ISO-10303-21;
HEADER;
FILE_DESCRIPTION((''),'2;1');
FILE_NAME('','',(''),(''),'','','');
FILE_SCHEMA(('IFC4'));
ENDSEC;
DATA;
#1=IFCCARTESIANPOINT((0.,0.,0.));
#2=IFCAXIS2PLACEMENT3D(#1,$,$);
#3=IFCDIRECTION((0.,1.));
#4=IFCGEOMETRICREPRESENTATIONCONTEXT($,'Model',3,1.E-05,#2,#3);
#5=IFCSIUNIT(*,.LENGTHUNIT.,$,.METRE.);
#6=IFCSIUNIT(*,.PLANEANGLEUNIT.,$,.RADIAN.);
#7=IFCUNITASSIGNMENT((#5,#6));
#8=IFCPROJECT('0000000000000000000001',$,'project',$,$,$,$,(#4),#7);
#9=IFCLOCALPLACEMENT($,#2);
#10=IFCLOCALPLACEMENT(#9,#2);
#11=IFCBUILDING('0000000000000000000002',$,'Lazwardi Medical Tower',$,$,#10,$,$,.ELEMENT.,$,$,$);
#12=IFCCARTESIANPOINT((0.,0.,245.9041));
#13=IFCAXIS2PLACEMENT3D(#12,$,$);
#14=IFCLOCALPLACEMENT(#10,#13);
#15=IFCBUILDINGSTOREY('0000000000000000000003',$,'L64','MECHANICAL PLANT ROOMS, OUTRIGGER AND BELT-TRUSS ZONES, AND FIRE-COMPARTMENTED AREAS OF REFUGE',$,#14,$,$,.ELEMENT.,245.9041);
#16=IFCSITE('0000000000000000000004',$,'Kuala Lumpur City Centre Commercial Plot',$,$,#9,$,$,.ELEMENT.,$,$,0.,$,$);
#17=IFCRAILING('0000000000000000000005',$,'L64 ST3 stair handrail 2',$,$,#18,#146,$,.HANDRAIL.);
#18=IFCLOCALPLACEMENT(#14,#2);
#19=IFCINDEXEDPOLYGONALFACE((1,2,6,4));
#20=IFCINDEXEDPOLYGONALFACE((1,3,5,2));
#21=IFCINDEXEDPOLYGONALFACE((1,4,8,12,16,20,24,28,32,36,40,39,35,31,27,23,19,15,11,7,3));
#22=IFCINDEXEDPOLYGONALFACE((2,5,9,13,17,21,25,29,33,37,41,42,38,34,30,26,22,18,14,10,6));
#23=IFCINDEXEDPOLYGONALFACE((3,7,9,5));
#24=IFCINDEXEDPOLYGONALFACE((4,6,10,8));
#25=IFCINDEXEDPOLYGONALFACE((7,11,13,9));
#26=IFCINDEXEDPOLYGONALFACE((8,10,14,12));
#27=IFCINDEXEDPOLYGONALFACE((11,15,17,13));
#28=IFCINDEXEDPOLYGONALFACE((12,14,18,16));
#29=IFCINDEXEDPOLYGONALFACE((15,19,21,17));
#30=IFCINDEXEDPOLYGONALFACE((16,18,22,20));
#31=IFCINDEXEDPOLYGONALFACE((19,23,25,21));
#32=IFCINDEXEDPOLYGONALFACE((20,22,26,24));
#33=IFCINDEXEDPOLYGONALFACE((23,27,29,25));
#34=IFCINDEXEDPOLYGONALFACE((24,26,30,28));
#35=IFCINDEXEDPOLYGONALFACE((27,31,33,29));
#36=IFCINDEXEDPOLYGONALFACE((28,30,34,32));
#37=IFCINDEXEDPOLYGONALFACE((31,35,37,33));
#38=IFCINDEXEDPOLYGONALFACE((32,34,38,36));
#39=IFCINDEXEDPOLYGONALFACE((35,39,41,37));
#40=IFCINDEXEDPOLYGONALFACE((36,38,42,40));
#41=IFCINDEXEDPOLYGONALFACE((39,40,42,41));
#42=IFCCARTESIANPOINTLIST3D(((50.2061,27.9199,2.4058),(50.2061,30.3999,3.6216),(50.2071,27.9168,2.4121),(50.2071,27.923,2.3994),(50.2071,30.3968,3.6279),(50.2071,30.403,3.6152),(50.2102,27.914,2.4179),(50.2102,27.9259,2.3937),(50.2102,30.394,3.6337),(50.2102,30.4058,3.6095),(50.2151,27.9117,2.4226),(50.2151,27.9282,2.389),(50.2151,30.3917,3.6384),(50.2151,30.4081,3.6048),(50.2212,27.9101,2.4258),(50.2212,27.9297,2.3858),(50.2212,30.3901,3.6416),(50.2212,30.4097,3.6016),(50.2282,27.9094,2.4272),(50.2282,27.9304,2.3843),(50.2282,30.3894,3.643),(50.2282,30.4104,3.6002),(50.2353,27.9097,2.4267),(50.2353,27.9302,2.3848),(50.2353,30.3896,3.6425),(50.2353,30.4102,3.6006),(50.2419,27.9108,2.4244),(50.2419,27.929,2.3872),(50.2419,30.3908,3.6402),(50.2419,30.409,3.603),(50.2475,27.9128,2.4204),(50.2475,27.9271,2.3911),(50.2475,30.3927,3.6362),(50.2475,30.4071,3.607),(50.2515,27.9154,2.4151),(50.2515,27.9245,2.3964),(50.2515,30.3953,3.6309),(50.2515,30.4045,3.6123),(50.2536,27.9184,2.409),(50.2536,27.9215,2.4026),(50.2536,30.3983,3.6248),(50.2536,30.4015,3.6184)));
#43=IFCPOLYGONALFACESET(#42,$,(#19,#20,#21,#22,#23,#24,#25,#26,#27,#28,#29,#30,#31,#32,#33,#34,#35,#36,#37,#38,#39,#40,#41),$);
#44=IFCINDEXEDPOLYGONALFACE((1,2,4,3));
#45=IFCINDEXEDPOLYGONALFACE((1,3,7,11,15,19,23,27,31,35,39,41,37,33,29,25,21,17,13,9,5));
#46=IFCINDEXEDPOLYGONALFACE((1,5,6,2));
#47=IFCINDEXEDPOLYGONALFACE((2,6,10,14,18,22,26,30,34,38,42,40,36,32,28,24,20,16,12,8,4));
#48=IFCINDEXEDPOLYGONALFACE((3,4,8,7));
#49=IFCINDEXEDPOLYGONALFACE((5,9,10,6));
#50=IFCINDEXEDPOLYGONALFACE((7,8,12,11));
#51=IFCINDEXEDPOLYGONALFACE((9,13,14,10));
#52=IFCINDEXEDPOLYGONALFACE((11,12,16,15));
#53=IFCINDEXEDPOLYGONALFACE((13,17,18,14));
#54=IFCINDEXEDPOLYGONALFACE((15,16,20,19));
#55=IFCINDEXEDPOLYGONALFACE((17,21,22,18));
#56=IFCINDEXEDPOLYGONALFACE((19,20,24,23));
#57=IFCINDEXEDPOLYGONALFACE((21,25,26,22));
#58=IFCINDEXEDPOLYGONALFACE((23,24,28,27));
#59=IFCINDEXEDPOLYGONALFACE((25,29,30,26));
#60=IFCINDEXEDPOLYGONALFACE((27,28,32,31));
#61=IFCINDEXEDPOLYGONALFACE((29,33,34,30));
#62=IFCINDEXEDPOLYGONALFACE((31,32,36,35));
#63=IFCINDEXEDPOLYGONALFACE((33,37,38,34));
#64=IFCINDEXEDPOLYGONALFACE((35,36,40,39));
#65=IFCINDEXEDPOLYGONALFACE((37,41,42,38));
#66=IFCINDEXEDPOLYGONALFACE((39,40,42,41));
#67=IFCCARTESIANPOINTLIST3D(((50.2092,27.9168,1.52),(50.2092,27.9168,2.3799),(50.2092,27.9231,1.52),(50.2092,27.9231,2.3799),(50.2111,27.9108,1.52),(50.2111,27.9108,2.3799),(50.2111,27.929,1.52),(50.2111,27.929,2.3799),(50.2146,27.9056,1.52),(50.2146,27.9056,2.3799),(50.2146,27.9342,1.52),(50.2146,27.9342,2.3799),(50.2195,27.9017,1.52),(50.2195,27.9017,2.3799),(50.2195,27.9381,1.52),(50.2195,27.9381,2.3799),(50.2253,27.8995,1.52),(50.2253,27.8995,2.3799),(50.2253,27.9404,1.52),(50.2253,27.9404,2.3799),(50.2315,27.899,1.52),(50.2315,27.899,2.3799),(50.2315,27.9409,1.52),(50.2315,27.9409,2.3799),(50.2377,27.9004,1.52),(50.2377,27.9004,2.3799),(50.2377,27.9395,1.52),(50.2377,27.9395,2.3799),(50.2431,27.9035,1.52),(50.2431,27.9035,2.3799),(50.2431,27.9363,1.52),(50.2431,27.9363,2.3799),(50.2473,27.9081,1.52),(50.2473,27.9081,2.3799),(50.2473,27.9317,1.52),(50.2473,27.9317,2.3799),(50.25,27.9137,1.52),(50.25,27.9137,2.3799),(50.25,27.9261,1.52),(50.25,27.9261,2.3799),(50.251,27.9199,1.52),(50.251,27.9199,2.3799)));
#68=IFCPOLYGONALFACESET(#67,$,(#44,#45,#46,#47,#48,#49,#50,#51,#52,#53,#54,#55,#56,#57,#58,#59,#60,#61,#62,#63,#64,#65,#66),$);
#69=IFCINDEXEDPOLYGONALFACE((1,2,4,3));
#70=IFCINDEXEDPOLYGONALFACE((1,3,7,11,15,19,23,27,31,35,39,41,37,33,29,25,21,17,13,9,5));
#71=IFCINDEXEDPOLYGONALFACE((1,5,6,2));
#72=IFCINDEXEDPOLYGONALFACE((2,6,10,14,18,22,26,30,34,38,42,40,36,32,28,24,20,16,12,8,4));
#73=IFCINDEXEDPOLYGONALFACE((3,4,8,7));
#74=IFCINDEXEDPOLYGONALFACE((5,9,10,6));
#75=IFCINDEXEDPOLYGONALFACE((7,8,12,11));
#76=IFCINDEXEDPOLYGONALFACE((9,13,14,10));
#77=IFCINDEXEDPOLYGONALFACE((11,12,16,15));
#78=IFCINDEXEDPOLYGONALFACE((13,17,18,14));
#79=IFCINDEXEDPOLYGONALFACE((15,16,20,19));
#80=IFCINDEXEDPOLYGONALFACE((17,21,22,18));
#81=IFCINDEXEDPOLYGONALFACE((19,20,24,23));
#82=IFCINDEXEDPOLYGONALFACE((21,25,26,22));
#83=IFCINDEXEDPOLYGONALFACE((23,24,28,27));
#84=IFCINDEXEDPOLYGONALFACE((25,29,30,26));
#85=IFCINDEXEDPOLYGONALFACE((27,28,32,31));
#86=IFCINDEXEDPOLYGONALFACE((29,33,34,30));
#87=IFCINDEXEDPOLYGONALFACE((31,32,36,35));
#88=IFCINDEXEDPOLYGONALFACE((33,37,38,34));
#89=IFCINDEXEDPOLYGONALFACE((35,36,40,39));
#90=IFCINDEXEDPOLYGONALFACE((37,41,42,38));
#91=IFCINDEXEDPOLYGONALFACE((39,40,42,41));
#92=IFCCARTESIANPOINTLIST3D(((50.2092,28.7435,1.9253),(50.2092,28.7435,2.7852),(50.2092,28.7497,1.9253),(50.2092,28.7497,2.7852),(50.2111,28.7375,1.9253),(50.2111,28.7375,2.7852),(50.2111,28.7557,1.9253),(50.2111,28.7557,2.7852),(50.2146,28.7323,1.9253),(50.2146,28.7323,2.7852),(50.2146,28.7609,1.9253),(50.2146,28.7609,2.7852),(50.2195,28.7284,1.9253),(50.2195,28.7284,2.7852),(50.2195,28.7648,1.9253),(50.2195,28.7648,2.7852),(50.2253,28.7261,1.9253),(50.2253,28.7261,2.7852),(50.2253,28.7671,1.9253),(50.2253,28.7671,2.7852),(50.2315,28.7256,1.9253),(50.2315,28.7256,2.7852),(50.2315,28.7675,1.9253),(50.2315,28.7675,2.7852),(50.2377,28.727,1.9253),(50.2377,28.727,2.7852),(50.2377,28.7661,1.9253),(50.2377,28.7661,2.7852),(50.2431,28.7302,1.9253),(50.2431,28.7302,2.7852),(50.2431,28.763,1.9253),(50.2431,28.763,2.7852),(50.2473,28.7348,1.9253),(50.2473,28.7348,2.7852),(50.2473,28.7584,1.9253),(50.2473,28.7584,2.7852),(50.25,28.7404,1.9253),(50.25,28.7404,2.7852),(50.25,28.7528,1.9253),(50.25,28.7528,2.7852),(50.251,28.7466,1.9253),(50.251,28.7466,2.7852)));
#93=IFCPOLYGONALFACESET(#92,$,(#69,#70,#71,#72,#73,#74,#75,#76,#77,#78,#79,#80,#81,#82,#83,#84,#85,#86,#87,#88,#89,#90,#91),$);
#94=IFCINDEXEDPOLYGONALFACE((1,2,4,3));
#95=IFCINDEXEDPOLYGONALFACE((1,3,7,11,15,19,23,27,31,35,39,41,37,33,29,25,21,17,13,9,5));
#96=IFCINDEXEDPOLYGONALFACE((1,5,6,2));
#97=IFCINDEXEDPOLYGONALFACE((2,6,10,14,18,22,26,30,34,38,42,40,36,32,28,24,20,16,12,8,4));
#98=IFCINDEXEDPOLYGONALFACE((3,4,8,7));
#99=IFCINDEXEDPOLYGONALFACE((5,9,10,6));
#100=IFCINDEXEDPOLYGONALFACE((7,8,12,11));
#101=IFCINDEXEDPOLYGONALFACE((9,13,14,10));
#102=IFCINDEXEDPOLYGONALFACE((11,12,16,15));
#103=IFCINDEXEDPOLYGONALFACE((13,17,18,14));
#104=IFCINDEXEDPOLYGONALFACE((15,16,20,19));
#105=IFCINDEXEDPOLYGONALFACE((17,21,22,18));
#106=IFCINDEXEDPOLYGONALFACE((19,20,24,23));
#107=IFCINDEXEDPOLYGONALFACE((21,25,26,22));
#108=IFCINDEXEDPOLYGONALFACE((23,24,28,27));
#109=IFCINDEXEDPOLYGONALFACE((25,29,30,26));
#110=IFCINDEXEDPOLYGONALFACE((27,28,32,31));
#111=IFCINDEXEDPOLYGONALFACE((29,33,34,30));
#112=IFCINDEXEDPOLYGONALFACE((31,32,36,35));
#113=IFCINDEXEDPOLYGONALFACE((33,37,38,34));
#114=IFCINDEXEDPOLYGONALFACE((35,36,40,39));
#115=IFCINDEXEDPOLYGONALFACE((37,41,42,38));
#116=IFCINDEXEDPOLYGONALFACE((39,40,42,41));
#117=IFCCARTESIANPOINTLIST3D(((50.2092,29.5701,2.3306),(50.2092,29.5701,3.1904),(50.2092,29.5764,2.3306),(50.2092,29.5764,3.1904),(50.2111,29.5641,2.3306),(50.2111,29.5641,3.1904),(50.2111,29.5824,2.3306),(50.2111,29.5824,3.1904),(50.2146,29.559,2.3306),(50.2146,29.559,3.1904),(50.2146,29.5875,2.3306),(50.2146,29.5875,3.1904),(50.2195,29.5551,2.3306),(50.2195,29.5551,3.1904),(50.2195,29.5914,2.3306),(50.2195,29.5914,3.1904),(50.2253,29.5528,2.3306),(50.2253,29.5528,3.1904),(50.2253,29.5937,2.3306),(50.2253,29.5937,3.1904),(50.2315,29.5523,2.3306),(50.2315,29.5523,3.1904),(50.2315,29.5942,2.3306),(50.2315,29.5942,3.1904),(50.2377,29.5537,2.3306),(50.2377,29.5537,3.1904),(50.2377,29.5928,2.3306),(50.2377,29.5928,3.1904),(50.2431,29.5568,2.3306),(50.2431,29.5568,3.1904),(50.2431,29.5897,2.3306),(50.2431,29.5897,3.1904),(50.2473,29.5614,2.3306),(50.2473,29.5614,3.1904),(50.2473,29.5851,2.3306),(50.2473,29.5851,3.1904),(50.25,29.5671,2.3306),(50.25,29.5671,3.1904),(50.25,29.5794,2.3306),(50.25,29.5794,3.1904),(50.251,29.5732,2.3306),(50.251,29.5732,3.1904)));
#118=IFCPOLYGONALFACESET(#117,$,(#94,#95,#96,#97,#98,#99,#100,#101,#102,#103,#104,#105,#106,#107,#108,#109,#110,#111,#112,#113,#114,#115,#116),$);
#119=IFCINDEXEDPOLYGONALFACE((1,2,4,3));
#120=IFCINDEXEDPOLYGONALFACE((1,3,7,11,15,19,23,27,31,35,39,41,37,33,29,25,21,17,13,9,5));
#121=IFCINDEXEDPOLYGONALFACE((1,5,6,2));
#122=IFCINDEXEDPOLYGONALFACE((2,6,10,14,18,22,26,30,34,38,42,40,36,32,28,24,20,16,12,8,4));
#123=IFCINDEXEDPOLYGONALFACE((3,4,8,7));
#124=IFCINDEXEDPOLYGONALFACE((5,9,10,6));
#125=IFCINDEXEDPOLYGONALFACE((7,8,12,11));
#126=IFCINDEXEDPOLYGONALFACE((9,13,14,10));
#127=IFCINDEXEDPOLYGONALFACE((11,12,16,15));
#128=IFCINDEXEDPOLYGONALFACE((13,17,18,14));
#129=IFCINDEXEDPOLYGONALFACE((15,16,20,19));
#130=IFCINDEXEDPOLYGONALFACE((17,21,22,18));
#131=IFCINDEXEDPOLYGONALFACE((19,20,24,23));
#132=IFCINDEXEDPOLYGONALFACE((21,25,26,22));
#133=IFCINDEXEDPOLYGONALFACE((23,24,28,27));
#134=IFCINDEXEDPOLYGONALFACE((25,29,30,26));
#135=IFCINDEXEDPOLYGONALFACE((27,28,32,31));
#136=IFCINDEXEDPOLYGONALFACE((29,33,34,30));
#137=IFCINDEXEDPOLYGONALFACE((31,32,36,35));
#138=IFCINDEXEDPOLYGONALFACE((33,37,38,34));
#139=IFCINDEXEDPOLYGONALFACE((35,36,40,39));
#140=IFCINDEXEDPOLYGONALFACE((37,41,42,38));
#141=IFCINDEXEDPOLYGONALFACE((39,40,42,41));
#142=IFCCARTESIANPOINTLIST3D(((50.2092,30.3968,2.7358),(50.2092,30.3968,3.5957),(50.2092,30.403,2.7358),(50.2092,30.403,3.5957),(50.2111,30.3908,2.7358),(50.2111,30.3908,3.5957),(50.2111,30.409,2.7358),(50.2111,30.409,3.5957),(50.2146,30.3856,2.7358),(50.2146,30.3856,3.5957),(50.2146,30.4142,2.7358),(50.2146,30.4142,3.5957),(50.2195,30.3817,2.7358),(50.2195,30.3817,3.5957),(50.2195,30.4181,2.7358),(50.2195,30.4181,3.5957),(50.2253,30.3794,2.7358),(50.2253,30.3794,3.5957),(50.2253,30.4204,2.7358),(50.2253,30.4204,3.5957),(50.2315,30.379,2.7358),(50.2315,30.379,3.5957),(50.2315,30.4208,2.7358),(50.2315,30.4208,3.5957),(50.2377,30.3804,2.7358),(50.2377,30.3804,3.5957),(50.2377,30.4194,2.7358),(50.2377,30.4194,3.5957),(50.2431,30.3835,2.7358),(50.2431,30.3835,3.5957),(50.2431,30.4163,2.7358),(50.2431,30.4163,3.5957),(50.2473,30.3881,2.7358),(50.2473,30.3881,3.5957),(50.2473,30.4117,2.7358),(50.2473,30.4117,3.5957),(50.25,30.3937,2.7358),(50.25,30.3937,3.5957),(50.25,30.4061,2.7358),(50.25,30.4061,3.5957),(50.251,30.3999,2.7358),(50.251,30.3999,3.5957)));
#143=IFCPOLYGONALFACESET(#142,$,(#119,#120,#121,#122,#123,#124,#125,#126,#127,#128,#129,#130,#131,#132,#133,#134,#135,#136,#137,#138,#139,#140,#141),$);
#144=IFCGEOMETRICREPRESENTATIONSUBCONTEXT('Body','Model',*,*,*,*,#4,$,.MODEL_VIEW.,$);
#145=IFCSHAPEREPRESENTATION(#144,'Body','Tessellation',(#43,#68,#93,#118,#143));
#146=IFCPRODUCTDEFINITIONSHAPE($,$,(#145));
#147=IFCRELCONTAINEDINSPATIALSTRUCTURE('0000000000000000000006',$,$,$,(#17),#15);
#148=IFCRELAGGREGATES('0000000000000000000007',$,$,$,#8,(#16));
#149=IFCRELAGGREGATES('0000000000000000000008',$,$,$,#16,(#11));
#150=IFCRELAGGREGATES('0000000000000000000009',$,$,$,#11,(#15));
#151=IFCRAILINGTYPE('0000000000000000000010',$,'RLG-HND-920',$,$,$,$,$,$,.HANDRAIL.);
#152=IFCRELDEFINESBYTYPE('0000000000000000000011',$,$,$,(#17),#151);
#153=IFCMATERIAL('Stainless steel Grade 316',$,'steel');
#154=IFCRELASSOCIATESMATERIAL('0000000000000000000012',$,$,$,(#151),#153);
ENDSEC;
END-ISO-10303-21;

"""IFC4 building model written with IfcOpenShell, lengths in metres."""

from ifc_helpers import new_model, si_unit, direction, frame, origin, origin_2d, place, context, subcontext, project, spatial, circle, extrude, material, type_object, element, save


model = new_model("IFC4")

# Units and contexts
model_context = context("Model", 3, precision=1e-05, world=origin(), true_north=direction((0.0, 1.0)))
body_context = subcontext(model_context, "Body", "Model", "MODEL_VIEW")
ifc_project = project(units=[si_unit("LENGTHUNIT", "METRE"), si_unit("PLANEANGLEUNIT", "RADIAN")], contexts=[model_context])

# Site, building, storey
site_placement = place(None, origin())
site = spatial("IfcSite", under=ifc_project, at=site_placement, Name="Kuala Lumpur City Centre Commercial Plot", CompositionType="ELEMENT", RefElevation=0.0)
building_placement = place(site_placement, origin())
building = spatial("IfcBuilding", under=site, at=building_placement, Name="Lazwardi Medical Tower", CompositionType="ELEMENT")
storey_placement = place(building_placement, frame((0.0, 0.0, 245.9041)))
storey = spatial("IfcBuildingStorey", under=building, at=storey_placement, Name="L64", Description="MECHANICAL PLANT ROOMS, OUTRIGGER AND BELT-TRUSS ZONES, AND FIRE-COMPARTMENTED AREAS OF REFUGE", CompositionType="ELEMENT", Elevation=245.9041)

# Railing
ifc_material_1 = material(Name="Stainless steel Grade 316", Category="steel")
railing_type_1 = type_object("IfcRailingType", Name="RLG-HND-920", PredefinedType="HANDRAIL", material=ifc_material_1)
railing_1_placement = place(storey_placement, frame((50.23, 27.9199, 1.52)))
element("IfcRailing", 1, at=railing_1_placement, inside=storey, type_object=railing_type_1, Name="L64 ST3 stair handrail 2", PredefinedType="HANDRAIL", context=body_context, shape_type="SweptSolid", body=[
    extrude(circle(Radius=0.0239, at=origin_2d()), frame((0.0, 0.0, 0.8857), z_axis=(0.0, 0.8979, 0.440199), x_axis=(-1.0, 0.0, 0.0)), (0.0, 0.0, 1.0), 2.762),
    extrude(circle(Radius=0.021, at=origin_2d()), origin(), (0.0, 0.0, 1.0), 0.8599),
    extrude(circle(Radius=0.021, at=origin_2d()), frame((0.0, 0.8267, 0.4053)), (0.0, 0.0, 1.0), 0.8599),
    extrude(circle(Radius=0.021, at=origin_2d()), frame((0.0, 1.6533, 0.8105)), (0.0, 0.0, 1.0), 0.8599),
    extrude(circle(Radius=0.021, at=origin_2d()), frame((0.0, 2.48, 1.2158)), (0.0, 0.0, 1.0), 0.8599),
])

save(model, "model.ifc")
